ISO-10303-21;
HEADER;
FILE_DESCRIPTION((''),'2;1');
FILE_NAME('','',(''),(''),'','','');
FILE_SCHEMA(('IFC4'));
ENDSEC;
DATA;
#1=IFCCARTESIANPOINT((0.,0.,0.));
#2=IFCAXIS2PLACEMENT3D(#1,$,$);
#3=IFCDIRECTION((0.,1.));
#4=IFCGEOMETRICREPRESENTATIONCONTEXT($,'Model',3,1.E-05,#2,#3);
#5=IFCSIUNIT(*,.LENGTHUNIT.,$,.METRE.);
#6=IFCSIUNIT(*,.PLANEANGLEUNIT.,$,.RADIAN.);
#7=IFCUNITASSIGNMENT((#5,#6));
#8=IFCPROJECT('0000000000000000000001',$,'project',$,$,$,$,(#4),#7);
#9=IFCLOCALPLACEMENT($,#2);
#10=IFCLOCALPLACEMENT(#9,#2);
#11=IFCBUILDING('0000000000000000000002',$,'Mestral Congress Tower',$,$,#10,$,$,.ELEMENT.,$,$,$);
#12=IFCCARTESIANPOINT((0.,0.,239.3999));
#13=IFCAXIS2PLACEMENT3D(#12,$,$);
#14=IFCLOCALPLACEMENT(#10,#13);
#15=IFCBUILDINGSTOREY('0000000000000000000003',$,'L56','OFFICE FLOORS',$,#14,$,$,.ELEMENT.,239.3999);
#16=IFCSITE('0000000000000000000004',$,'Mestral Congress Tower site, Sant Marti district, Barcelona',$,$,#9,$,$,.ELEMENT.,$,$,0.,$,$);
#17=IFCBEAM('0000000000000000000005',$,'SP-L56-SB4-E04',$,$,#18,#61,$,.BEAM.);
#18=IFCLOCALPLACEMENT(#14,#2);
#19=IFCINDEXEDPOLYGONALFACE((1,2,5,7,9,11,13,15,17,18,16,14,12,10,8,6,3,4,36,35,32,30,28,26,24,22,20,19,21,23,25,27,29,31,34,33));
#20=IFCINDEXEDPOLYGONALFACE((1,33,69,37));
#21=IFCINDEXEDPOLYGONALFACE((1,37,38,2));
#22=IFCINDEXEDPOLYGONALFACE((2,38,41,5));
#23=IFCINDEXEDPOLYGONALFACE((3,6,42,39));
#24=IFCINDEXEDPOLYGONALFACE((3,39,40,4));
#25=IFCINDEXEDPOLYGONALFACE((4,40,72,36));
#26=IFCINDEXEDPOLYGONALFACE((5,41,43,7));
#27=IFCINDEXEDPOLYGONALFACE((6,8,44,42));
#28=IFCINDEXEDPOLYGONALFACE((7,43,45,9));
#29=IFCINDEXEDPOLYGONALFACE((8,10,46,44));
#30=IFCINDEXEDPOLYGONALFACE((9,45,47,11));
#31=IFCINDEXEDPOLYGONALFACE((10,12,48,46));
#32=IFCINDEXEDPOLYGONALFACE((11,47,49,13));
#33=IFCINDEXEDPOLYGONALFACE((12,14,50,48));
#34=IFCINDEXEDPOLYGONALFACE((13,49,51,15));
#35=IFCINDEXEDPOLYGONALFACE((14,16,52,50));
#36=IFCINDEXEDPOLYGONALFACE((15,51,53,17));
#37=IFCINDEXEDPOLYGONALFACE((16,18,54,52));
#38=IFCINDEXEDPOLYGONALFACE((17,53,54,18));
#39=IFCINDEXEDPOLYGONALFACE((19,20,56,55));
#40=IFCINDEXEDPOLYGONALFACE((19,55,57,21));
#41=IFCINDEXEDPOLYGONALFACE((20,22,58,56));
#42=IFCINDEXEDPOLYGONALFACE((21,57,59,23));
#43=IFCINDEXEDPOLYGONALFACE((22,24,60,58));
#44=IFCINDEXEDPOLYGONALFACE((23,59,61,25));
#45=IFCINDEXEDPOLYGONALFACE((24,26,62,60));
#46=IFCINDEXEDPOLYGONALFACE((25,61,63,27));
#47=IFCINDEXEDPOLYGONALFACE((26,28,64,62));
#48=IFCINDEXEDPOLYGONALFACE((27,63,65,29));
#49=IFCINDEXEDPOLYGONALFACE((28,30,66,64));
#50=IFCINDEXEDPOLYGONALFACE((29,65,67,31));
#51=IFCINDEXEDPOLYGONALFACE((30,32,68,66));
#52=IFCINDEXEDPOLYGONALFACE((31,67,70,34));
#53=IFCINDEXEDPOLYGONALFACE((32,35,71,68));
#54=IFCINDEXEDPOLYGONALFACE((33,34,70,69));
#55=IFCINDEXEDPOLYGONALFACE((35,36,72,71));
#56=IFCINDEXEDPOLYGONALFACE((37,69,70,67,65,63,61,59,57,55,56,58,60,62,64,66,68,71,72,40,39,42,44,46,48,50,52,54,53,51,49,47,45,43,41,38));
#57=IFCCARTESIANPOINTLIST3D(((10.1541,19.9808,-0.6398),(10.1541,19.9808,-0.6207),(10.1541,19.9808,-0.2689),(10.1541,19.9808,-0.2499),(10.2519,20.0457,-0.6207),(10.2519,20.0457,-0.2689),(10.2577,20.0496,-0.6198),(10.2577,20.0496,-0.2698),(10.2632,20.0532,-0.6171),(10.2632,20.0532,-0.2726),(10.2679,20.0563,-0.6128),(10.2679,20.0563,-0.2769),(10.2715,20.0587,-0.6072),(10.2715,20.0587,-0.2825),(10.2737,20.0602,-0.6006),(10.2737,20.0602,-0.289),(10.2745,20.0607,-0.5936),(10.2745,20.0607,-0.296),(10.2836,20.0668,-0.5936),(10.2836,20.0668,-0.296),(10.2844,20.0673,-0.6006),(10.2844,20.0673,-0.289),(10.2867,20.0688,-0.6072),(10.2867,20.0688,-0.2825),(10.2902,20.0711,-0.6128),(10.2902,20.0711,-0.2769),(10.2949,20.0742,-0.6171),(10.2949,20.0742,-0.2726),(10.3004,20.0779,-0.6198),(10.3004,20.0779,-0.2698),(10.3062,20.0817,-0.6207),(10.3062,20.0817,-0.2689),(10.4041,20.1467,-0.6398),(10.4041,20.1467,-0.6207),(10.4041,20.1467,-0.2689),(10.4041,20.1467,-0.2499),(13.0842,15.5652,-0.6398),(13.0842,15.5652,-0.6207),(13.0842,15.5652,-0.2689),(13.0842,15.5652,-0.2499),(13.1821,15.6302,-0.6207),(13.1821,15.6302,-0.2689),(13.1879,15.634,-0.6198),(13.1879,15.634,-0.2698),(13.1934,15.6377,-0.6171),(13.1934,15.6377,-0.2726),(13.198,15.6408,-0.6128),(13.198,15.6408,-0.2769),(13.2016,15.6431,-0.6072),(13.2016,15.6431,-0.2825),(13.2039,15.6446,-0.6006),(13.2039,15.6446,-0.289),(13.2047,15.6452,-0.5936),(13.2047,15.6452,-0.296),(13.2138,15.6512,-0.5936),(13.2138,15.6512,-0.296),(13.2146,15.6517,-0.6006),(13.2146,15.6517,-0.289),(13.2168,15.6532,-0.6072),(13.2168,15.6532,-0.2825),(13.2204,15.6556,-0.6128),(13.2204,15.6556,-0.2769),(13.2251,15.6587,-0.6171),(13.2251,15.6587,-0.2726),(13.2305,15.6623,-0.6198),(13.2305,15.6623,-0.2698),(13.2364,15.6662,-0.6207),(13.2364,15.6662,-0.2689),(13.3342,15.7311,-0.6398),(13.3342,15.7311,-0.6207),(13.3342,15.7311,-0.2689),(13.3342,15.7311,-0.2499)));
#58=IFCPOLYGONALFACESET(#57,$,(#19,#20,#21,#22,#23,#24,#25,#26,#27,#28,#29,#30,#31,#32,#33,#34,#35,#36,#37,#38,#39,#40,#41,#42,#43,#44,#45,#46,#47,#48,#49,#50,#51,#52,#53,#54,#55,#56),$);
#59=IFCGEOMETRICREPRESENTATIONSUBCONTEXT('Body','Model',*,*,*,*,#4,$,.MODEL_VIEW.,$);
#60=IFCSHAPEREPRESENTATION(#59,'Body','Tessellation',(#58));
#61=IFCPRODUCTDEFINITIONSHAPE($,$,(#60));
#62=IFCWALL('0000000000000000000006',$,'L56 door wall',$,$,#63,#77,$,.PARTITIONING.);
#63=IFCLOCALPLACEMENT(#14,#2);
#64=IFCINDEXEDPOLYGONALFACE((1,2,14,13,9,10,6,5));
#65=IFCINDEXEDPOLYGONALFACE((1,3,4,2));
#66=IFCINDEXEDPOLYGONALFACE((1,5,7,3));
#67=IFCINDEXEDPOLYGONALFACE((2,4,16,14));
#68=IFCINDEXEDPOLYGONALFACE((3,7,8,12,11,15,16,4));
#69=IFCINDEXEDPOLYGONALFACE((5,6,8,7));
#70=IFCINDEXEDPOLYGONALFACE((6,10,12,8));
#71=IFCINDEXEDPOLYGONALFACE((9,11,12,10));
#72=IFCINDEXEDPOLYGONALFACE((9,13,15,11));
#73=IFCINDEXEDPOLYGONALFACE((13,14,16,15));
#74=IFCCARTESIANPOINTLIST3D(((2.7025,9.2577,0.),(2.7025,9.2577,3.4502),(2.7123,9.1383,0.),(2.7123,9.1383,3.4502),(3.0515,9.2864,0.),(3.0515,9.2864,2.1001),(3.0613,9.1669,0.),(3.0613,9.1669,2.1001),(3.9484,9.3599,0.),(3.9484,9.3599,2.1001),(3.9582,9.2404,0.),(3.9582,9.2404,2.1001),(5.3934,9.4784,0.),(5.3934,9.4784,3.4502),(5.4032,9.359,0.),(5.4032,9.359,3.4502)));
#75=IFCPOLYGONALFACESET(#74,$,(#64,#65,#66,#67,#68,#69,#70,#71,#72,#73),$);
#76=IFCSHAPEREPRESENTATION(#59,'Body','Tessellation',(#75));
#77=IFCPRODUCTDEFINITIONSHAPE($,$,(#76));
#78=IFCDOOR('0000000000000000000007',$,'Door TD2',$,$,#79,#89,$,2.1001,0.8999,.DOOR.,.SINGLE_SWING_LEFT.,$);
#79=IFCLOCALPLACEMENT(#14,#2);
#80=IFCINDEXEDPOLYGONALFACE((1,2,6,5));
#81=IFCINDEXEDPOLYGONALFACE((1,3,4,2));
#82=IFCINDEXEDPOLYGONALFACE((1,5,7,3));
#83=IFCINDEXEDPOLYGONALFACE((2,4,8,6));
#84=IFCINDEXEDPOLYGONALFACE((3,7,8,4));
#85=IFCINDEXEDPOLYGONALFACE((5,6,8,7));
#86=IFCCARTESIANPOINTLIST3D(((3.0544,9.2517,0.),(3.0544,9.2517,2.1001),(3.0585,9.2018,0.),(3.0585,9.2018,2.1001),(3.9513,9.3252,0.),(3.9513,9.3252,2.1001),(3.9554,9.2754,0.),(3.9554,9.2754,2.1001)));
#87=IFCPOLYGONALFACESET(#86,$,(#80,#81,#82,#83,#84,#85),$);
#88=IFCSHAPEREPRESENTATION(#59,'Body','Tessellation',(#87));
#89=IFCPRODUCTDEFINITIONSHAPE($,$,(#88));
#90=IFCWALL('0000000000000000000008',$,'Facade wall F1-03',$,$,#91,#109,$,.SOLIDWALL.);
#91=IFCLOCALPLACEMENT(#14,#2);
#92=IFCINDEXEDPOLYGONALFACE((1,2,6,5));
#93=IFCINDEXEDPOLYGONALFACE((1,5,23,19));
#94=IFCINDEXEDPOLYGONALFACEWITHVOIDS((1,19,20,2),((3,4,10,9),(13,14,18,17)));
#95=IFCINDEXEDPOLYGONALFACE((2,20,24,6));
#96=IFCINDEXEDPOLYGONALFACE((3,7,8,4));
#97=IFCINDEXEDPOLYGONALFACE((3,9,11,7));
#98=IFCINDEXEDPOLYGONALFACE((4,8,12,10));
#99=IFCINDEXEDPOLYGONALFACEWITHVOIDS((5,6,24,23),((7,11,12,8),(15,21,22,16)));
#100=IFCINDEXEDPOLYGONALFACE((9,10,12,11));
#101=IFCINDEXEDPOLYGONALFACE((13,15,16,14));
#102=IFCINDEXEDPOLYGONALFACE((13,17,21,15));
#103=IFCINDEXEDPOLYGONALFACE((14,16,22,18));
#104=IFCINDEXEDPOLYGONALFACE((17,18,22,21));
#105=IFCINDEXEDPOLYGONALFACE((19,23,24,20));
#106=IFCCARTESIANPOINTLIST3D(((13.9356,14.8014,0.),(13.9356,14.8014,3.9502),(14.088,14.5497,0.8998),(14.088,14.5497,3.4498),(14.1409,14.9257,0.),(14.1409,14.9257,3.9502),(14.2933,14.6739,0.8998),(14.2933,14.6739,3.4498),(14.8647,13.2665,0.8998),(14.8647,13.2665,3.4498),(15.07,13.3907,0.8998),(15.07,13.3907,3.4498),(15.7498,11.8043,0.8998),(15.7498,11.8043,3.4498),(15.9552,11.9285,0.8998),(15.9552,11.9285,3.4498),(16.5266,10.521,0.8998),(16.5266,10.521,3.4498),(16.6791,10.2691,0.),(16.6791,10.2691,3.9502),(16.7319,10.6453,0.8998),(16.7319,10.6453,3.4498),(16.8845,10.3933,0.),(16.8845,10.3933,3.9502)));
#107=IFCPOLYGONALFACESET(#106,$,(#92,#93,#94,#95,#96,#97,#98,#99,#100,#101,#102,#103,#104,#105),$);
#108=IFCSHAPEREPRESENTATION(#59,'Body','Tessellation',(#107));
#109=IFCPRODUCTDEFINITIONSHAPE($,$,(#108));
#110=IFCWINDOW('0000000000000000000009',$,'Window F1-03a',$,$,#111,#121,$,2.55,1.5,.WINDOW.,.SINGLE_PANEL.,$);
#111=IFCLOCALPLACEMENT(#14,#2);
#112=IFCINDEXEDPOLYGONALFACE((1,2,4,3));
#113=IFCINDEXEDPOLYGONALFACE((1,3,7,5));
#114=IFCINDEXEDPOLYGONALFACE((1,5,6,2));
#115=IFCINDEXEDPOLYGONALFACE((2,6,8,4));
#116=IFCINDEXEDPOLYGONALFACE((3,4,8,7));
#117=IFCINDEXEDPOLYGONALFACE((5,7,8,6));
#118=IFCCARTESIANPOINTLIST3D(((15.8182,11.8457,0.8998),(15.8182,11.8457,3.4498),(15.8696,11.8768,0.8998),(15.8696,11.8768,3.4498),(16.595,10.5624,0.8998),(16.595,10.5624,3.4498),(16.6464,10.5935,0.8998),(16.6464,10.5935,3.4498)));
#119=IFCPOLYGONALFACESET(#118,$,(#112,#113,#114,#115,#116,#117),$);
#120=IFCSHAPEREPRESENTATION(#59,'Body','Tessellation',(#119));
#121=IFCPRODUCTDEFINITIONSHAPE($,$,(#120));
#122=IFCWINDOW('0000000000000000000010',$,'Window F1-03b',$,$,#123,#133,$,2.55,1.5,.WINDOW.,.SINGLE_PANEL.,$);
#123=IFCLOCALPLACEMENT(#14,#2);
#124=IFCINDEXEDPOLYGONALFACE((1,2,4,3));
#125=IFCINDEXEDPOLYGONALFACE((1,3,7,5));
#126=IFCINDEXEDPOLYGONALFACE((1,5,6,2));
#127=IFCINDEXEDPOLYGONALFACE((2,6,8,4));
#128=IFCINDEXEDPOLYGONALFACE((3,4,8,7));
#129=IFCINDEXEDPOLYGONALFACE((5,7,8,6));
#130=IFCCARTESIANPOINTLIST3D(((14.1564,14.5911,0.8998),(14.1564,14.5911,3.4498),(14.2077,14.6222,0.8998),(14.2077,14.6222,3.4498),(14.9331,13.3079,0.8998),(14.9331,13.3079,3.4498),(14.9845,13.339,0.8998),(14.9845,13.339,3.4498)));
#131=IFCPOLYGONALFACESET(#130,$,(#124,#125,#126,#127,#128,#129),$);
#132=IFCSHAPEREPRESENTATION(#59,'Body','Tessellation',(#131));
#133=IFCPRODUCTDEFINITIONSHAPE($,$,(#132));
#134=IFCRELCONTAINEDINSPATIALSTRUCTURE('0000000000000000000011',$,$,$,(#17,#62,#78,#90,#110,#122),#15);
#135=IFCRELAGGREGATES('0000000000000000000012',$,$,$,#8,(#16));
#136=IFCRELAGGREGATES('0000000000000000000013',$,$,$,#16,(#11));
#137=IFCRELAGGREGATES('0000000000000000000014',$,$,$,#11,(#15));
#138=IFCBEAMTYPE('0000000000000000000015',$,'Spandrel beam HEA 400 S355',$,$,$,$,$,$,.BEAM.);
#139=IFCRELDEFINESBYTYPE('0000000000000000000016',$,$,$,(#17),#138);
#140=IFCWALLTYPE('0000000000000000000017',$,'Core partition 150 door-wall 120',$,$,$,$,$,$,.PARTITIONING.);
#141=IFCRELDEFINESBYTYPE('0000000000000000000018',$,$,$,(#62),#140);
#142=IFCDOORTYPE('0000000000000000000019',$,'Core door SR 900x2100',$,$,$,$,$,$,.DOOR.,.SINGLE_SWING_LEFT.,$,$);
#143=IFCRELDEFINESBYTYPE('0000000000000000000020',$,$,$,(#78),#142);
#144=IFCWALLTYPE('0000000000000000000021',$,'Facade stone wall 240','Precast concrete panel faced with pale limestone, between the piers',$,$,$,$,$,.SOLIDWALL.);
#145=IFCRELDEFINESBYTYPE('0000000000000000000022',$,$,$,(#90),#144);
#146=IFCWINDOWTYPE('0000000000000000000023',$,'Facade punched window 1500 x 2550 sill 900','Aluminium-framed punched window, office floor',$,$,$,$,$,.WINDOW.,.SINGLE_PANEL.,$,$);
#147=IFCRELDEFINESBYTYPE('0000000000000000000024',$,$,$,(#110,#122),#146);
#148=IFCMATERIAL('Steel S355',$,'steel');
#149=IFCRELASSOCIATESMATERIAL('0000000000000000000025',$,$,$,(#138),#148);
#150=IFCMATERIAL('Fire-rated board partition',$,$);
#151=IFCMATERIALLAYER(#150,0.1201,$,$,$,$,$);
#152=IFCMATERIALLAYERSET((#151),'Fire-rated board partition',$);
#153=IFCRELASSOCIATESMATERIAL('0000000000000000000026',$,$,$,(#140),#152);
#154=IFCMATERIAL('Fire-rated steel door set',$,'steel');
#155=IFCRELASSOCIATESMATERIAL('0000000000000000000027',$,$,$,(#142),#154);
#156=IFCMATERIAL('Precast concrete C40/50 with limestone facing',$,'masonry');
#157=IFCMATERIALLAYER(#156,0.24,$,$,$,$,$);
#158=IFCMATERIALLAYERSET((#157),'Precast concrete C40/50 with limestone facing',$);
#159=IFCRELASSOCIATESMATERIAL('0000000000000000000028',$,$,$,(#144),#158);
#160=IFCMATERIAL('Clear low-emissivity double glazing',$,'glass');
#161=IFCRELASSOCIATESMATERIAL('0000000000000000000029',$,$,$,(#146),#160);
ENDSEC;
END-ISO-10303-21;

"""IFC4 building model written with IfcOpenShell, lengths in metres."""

from ifc_helpers import new_model, si_unit, direction, frame, frame_2d, origin, origin_2d, place, context, subcontext, project, spatial, rectangle, i_section, extrude, material, layer, layer_set, material_profile, profile_set, type_object, element, fill, save


model = new_model("IFC4")

# Units and contexts
model_context = context("Model", 3, precision=1e-05, world=origin(), true_north=direction((0.0, 1.0)))
body_context = subcontext(model_context, "Body", "Model", "MODEL_VIEW")
ifc_project = project(units=[si_unit("LENGTHUNIT", "METRE"), si_unit("PLANEANGLEUNIT", "RADIAN")], contexts=[model_context])

# Site, building, storey
site_placement = place(None, origin())
site = spatial("IfcSite", under=ifc_project, at=site_placement, Name="Mestral Congress Tower site, Sant Marti district, Barcelona", CompositionType="ELEMENT", RefElevation=0.0)
building_placement = place(site_placement, origin())
building = spatial("IfcBuilding", under=site, at=building_placement, Name="Mestral Congress Tower", CompositionType="ELEMENT")
storey_placement = place(building_placement, frame((0.0, 0.0, 239.3999)))
storey = spatial("IfcBuildingStorey", under=building, at=storey_placement, Name="L56", Description="OFFICE FLOORS", CompositionType="ELEMENT", Elevation=239.3999)

# Beam
ifc_material_1 = material(Name="Steel S355", Category="steel")
ifc_material_profile_1 = material_profile(ifc_material_1, i_section(OverallWidth=0.3, OverallDepth=0.3899, WebThickness=0.011, FlangeThickness=0.019, FilletRadius=0.0271, at=origin_2d()), Name="HEA 400")
ifc_profile_set_1 = profile_set([ifc_material_profile_1], Name="Steel S355")
beam_type_1 = type_object("IfcBeamType", Name="Spandrel beam HEA 400 S355", PredefinedType="BEAM", material=ifc_profile_set_1)
for number, where, z_axis, x_axis, name in (
    (1, (13.2092, 15.6482, -0.4448), (-0.552934, 0.833225, 0.0), (-0.833225, -0.552934, 0.0), "SP-L56-SB4-E04"),
):
    element("IfcBeam", number, at=place(storey_placement, frame(where, z_axis=z_axis, x_axis=x_axis)), inside=storey, type_object=beam_type_1, Name=name, PredefinedType="BEAM", context=body_context, shape_type="SweptSolid", body=[
        extrude(i_section(OverallWidth=0.3, OverallDepth=0.3899, WebThickness=0.011, FlangeThickness=0.019, FilletRadius=0.0271, at=origin_2d()), origin(), (0.0, 0.0, 1.0), 5.2993),
    ])

# Wall, opening, door
ifc_material_2 = material(Name="Fire-rated board partition")
ifc_layer_1 = layer(ifc_material_2, 0.1201)
ifc_layer_set_1 = layer_set([ifc_layer_1], Name="Fire-rated board partition")
wall_type_1 = type_object("IfcWallType", Name="Core partition 150 door-wall 120", PredefinedType="PARTITIONING", material=ifc_layer_set_1)
wall_1_placement = place(storey_placement, frame((5.3984, 9.4187, 0.0), z_axis=(0.0, 0.0, 1.0), x_axis=(-0.996653, -0.081743, 0.0)))
wall_1 = element("IfcWall", 2, at=wall_1_placement, inside=storey, type_object=wall_type_1, Name="L56 door wall", PredefinedType="PARTITIONING", context=body_context, shape_type="SweptSolid", body=[
    extrude(rectangle(XDim=2.7, YDim=0.1199, at=frame_2d((1.3501, 0.0))), origin(), (0.0, 0.0, 1.0), 3.4502),
])
opening_1_placement = place(wall_1_placement, frame((1.45, 0.0, 0.0)))
opening_1 = element("IfcOpeningElement", 3, at=opening_1_placement, cuts=wall_1, PredefinedType="OPENING", context=body_context, shape_type="SweptSolid", body=[
    extrude(rectangle(XDim=0.8999, YDim=2.1001, at=frame_2d((0.45, 1.05))), frame((0.0, 0.0698, 0.0), z_axis=(0.0, -1.0, 0.0), x_axis=(1.0, 0.0, 0.0)), (0.0, 0.0, 1.0), 0.1399),
])
ifc_material_3 = material(Name="Fire-rated steel door set", Category="steel")
door_type_1 = type_object("IfcDoorType", Name="Core door SR 900x2100", OperationType="SINGLE_SWING_LEFT", PredefinedType="DOOR", material=ifc_material_3)
door_1_placement = place(opening_1_placement, origin())
door_1 = element("IfcDoor", 4, at=door_1_placement, inside=storey, type_object=door_type_1, Name="Door TD2", OperationType="SINGLE_SWING_LEFT", OverallHeight=2.1001, OverallWidth=0.8999, PredefinedType="DOOR", context=body_context, shape_type="SweptSolid", body=[
    extrude(rectangle(XDim=0.8999, YDim=2.1001, at=frame_2d((0.45, 1.05))), frame((0.0, 0.0249, 0.0), z_axis=(0.0, -1.0, 0.0), x_axis=(1.0, 0.0, 0.0)), (0.0, 0.0, 1.0), 0.05),
])
fill(opening_1, door_1)

# Wall, openings, windows
ifc_material_4 = material(Name="Precast concrete C40/50 with limestone facing", Category="masonry")
ifc_layer_2 = layer(ifc_material_4, 0.24)
ifc_layer_set_2 = layer_set([ifc_layer_2], Name="Precast concrete C40/50 with limestone facing")
wall_type_2 = type_object("IfcWallType", Name="Facade stone wall 240", Description="Precast concrete panel faced with pale limestone, between the piers", PredefinedType="SOLIDWALL", material=ifc_layer_set_2)
wall_2_placement = place(storey_placement, frame((16.7817, 10.3313, 0.0), z_axis=(0.0, 0.0, 1.0), x_axis=(-0.517846, 0.855474, 0.0)))
wall_2 = element("IfcWall", 5, at=wall_2_placement, inside=storey, type_object=wall_type_2, Name="Facade wall F1-03", PredefinedType="SOLIDWALL", context=body_context, shape_type="SweptSolid", body=[
    extrude(rectangle(XDim=5.2981, YDim=0.24, at=frame_2d((2.6489, 0.0))), origin(), (0.0, 0.0, 1.0), 3.9502),
])
opening_2_placement = place(wall_2_placement, frame((0.2944, 0.0, 0.8999)))
opening_2 = element("IfcOpeningElement", 6, at=opening_2_placement, cuts=wall_2, PredefinedType="OPENING", context=body_context, shape_type="SweptSolid", body=[
    extrude(rectangle(XDim=1.5, YDim=2.55, at=frame_2d((0.75, 1.2749))), frame((0.0, 0.1299, 0.0), z_axis=(0.0, -1.0, 0.0), x_axis=(1.0, 0.0, 0.0)), (0.0, 0.0, 1.0), 0.26),
])
opening_3_placement = place(wall_2_placement, frame((3.5037, 0.0, 0.8999)))
opening_3 = element("IfcOpeningElement", 7, at=opening_3_placement, cuts=wall_2, PredefinedType="OPENING", context=body_context, shape_type="SweptSolid", body=[
    extrude(rectangle(XDim=1.5, YDim=2.55, at=frame_2d((0.75, 1.2749))), frame((0.0, 0.1299, 0.0), z_axis=(0.0, -1.0, 0.0), x_axis=(1.0, 0.0, 0.0)), (0.0, 0.0, 1.0), 0.26),
])
ifc_material_5 = material(Name="Clear low-emissivity double glazing", Category="glass")
window_type = type_object("IfcWindowType", Name="Facade punched window 1500 x 2550 sill 900", Description="Aluminium-framed punched window, office floor", PartitioningType="SINGLE_PANEL", PredefinedType="WINDOW", material=ifc_material_5)
window_1_placement = place(opening_2_placement, origin())
window_1 = element("IfcWindow", 8, at=window_1_placement, inside=storey, type_object=window_type, Name="Window F1-03a", OverallHeight=2.55, OverallWidth=1.5, PartitioningType="SINGLE_PANEL", PredefinedType="WINDOW", context=body_context, shape_type="SweptSolid", body=[
    extrude(rectangle(XDim=1.5, YDim=2.55, at=frame_2d((0.75, 1.2749))), frame((0.0, 0.04, 0.0), z_axis=(0.0, -1.0, 0.0), x_axis=(1.0, 0.0, 0.0)), (0.0, 0.0, 1.0), 0.0601),
])
fill(opening_2, window_1)
window_2_placement = place(opening_3_placement, origin())
window_2 = element("IfcWindow", 9, at=window_2_placement, inside=storey, type_object=window_type, Name="Window F1-03b", OverallHeight=2.55, OverallWidth=1.5, PartitioningType="SINGLE_PANEL", PredefinedType="WINDOW", context=body_context, shape_type="SweptSolid", body=[
    extrude(rectangle(XDim=1.5, YDim=2.55, at=frame_2d((0.75, 1.2749))), frame((0.0, 0.04, 0.0), z_axis=(0.0, -1.0, 0.0), x_axis=(1.0, 0.0, 0.0)), (0.0, 0.0, 1.0), 0.0601),
])
fill(opening_3, window_2)

save(model, "model.ifc")
